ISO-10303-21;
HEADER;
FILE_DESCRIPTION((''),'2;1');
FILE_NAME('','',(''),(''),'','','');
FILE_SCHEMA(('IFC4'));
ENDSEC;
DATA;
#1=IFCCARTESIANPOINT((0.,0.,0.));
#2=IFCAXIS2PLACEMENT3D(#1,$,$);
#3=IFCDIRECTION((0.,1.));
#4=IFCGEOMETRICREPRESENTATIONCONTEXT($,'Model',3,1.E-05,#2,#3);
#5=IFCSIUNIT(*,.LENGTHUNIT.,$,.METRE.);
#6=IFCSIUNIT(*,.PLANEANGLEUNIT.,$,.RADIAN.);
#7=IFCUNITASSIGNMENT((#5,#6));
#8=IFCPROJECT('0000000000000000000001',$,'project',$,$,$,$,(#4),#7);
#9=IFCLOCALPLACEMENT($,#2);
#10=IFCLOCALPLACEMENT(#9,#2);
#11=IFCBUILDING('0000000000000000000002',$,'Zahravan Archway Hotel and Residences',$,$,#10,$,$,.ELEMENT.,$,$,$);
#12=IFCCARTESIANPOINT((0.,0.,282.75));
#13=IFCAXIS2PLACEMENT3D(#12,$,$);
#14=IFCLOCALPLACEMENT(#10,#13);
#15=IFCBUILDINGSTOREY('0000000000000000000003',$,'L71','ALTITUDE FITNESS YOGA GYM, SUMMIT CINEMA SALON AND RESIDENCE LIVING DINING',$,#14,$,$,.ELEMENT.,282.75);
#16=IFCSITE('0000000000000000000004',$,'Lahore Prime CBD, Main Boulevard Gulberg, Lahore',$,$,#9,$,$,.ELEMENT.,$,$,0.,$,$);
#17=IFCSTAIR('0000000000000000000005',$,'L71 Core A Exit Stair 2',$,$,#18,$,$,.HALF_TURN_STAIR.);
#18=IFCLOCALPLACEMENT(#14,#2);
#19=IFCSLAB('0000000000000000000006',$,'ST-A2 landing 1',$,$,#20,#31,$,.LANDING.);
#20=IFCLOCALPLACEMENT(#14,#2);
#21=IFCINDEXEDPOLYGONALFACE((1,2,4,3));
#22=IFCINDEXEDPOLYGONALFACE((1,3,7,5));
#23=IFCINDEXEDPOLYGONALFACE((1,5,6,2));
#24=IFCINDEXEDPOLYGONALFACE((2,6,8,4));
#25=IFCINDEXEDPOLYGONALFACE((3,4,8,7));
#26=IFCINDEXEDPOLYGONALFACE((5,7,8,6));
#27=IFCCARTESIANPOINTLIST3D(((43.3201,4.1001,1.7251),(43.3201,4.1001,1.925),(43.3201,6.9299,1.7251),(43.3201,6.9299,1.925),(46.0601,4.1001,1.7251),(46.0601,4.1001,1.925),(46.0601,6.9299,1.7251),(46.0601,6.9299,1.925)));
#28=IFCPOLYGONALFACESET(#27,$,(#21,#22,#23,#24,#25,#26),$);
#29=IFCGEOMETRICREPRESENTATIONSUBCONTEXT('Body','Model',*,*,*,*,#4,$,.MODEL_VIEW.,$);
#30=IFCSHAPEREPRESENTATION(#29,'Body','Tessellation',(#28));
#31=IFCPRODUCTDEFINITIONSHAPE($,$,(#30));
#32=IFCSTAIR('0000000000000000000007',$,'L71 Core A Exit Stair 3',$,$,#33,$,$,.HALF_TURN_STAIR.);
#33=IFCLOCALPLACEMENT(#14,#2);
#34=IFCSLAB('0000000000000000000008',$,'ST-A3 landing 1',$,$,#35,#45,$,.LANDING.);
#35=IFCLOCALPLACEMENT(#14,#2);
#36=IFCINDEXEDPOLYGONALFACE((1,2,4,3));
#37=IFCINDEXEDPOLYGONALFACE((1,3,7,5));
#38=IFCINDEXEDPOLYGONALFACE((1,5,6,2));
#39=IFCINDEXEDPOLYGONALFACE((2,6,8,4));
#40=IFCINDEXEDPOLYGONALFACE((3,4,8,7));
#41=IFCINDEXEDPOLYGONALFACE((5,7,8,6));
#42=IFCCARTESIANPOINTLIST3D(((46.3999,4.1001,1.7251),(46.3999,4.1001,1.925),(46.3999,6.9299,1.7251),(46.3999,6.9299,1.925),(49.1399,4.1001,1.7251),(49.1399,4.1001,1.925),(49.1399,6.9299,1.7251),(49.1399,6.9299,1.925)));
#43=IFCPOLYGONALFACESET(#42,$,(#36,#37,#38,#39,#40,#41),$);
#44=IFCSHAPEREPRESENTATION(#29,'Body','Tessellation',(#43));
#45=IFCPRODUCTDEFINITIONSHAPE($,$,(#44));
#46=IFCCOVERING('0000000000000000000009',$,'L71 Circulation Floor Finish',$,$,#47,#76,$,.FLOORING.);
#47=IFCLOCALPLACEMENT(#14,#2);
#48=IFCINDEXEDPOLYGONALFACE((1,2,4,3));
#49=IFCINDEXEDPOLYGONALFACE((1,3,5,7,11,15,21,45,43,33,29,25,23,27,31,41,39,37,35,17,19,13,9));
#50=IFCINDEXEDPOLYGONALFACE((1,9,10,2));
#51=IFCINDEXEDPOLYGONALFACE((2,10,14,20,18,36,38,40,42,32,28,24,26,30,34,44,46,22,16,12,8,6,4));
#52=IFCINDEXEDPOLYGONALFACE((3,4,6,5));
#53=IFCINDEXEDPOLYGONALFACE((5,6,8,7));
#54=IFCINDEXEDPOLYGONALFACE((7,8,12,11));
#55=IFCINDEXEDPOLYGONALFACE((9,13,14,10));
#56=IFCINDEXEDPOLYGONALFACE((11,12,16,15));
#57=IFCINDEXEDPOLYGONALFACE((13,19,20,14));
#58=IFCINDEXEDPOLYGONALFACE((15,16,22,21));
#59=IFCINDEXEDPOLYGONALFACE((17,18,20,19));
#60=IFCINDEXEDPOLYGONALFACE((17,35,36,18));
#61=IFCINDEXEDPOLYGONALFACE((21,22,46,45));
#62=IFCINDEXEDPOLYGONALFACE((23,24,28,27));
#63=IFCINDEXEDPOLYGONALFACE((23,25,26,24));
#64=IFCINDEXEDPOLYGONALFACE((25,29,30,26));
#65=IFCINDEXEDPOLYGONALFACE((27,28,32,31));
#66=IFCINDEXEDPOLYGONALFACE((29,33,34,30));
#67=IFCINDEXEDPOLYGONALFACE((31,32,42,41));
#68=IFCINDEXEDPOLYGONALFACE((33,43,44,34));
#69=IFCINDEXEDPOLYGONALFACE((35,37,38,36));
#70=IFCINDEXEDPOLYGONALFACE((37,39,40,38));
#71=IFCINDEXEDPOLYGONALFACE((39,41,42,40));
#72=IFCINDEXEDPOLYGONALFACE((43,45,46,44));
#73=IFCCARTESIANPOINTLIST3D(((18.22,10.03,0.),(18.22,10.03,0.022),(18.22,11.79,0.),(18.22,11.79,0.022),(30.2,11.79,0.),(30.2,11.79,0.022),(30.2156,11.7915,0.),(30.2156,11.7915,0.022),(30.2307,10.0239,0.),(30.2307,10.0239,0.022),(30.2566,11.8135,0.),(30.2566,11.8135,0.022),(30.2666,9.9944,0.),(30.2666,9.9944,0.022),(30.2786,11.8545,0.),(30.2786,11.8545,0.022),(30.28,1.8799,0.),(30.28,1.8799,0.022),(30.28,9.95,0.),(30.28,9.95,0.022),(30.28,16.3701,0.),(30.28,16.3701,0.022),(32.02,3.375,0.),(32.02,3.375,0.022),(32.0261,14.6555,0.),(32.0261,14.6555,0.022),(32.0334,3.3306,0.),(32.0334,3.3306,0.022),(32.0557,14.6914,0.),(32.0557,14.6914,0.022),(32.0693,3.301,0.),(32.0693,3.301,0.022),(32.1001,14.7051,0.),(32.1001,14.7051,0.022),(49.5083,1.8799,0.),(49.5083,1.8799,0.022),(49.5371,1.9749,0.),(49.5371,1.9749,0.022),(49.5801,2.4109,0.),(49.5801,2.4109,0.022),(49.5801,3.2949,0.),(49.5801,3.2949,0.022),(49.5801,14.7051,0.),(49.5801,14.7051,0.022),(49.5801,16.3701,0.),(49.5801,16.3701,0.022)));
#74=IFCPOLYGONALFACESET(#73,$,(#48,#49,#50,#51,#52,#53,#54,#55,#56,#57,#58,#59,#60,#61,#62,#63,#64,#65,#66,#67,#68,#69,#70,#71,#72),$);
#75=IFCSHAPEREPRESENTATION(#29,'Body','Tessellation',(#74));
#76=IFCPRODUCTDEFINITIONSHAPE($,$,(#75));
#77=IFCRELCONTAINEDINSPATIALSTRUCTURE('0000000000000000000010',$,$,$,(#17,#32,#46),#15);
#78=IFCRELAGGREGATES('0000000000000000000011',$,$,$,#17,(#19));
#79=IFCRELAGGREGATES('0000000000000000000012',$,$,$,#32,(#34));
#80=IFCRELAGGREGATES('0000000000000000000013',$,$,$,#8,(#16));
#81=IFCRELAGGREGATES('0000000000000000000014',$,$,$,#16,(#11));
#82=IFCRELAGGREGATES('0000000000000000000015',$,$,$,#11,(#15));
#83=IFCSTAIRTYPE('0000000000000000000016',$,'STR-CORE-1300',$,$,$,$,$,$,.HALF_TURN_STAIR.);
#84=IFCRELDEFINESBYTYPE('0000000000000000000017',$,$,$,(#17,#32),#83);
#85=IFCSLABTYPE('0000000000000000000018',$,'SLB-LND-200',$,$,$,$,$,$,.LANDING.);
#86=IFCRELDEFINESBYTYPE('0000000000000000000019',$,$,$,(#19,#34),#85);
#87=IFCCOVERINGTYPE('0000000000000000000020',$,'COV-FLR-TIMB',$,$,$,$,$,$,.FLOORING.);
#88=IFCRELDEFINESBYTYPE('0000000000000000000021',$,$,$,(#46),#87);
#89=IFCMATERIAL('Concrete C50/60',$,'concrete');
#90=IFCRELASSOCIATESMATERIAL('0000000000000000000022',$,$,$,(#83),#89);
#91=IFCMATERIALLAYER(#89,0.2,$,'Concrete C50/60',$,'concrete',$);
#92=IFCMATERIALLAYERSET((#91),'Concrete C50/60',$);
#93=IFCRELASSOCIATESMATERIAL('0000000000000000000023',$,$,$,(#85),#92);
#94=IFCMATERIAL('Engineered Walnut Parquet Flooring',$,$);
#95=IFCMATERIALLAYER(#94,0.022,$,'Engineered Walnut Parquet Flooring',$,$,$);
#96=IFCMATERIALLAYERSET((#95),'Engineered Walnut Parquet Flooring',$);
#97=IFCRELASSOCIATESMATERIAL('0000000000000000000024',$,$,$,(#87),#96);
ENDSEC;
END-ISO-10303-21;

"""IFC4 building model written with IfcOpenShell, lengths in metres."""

from ifc_helpers import new_model, si_unit, direction, frame, origin, place, context, subcontext, project, spatial, polyline, outline, extrude, material, layer, layer_set, type_object, element, aggregate, save


model = new_model("IFC4")

# Units and contexts
model_context = context("Model", 3, precision=1e-05, world=origin(), true_north=direction((0.0, 1.0)))
body_context = subcontext(model_context, "Body", "Model", "MODEL_VIEW")
ifc_project = project(units=[si_unit("LENGTHUNIT", "METRE"), si_unit("PLANEANGLEUNIT", "RADIAN")], contexts=[model_context])

# Site, building, storey
site_placement = place(None, origin())
site = spatial("IfcSite", under=ifc_project, at=site_placement, Name="Lahore Prime CBD, Main Boulevard Gulberg, Lahore", CompositionType="ELEMENT", RefElevation=0.0)
building_placement = place(site_placement, origin())
building = spatial("IfcBuilding", under=site, at=building_placement, Name="Zahravan Archway Hotel and Residences", CompositionType="ELEMENT")
storey_placement = place(building_placement, frame((0.0, 0.0, 282.75)))
storey = spatial("IfcBuildingStorey", under=building, at=storey_placement, Name="L71", Description="ALTITUDE FITNESS YOGA GYM, SUMMIT CINEMA SALON AND RESIDENCE LIVING DINING", CompositionType="ELEMENT", Elevation=282.75)

# Stairs, slabs
ifc_material_1 = material(Name="Concrete C50/60", Category="concrete")
stair_type = type_object("IfcStairType", Name="STR-CORE-1300", PredefinedType="HALF_TURN_STAIR", material=ifc_material_1)
ifc_layer_1 = layer(ifc_material_1, 0.2, Name="Concrete C50/60", Category="concrete")
ifc_layer_set_1 = layer_set([ifc_layer_1], Name="Concrete C50/60")
slab_type_1 = type_object("IfcSlabType", Name="SLB-LND-200", PredefinedType="LANDING", material=ifc_layer_set_1)
stair_1_placement = place(storey_placement, origin())
stair_1 = element("IfcStair", 1, at=stair_1_placement, inside=storey, type_object=stair_type, Name="L71 Core A Exit Stair 2", PredefinedType="HALF_TURN_STAIR")
slab_1_placement = place(storey_placement, frame((0.0, 0.0, 1.7251)))
slab_1 = element("IfcSlab", 2, at=slab_1_placement, type_object=slab_type_1, Name="ST-A2 landing 1", PredefinedType="LANDING", context=body_context, shape_type="SweptSolid", body=[
    extrude(outline(polyline([(43.3201, 6.9299), (43.3201, 4.1001), (46.0601, 4.1001), (46.0601, 6.9299), (43.3201, 6.9299)])), origin(), (0.0, 0.0, 1.0), 0.2),
])
aggregate(stair_1, [slab_1])
stair_2_placement = place(storey_placement, origin())
stair_2 = element("IfcStair", 3, at=stair_2_placement, inside=storey, type_object=stair_type, Name="L71 Core A Exit Stair 3", PredefinedType="HALF_TURN_STAIR")
slab_2_placement = place(storey_placement, frame((0.0, 0.0, 1.7251)))
slab_2 = element("IfcSlab", 4, at=slab_2_placement, type_object=slab_type_1, Name="ST-A3 landing 1", PredefinedType="LANDING", context=body_context, shape_type="SweptSolid", body=[
    extrude(outline(polyline([(46.3999, 6.9299), (46.3999, 4.1001), (49.1399, 4.1001), (49.1399, 6.9299), (46.3999, 6.9299)])), origin(), (0.0, 0.0, 1.0), 0.2),
])
aggregate(stair_2, [slab_2])

# Covering
ifc_material_2 = material(Name="Engineered Walnut Parquet Flooring")
ifc_layer_2 = layer(ifc_material_2, 0.022, Name="Engineered Walnut Parquet Flooring")
ifc_layer_set_2 = layer_set([ifc_layer_2], Name="Engineered Walnut Parquet Flooring")
covering_type = type_object("IfcCoveringType", Name="COV-FLR-TIMB", PredefinedType="FLOORING", material=ifc_layer_set_2)
covering_placement = place(storey_placement, origin())
element("IfcCovering", 5, at=covering_placement, inside=storey, type_object=covering_type, Name="L71 Circulation Floor Finish", PredefinedType="FLOORING", context=body_context, shape_type="SweptSolid", body=[
    extrude(outline(polyline([(30.2156, 11.7915), (30.2566, 11.8135), (30.2786, 11.8545), (30.28, 16.3701), (49.5801, 16.3701), (49.5801, 14.7051), (32.1001, 14.7051), (32.0557, 14.6914), (32.0261, 14.6555), (32.02, 3.375), (32.0334, 3.3306), (32.0693, 3.301), (49.5801, 3.2949), (49.5801, 2.4109), (49.5371, 1.9749), (49.5083, 1.8799), (30.28, 1.8799), (30.28, 9.95), (30.2666, 9.9944), (30.2307, 10.0239), (18.22, 10.03), (18.22, 11.79), (30.2, 11.79), (30.2156, 11.7915)])), origin(), (0.0, 0.0, 1.0), 0.022),
])

save(model, "model.ifc")
